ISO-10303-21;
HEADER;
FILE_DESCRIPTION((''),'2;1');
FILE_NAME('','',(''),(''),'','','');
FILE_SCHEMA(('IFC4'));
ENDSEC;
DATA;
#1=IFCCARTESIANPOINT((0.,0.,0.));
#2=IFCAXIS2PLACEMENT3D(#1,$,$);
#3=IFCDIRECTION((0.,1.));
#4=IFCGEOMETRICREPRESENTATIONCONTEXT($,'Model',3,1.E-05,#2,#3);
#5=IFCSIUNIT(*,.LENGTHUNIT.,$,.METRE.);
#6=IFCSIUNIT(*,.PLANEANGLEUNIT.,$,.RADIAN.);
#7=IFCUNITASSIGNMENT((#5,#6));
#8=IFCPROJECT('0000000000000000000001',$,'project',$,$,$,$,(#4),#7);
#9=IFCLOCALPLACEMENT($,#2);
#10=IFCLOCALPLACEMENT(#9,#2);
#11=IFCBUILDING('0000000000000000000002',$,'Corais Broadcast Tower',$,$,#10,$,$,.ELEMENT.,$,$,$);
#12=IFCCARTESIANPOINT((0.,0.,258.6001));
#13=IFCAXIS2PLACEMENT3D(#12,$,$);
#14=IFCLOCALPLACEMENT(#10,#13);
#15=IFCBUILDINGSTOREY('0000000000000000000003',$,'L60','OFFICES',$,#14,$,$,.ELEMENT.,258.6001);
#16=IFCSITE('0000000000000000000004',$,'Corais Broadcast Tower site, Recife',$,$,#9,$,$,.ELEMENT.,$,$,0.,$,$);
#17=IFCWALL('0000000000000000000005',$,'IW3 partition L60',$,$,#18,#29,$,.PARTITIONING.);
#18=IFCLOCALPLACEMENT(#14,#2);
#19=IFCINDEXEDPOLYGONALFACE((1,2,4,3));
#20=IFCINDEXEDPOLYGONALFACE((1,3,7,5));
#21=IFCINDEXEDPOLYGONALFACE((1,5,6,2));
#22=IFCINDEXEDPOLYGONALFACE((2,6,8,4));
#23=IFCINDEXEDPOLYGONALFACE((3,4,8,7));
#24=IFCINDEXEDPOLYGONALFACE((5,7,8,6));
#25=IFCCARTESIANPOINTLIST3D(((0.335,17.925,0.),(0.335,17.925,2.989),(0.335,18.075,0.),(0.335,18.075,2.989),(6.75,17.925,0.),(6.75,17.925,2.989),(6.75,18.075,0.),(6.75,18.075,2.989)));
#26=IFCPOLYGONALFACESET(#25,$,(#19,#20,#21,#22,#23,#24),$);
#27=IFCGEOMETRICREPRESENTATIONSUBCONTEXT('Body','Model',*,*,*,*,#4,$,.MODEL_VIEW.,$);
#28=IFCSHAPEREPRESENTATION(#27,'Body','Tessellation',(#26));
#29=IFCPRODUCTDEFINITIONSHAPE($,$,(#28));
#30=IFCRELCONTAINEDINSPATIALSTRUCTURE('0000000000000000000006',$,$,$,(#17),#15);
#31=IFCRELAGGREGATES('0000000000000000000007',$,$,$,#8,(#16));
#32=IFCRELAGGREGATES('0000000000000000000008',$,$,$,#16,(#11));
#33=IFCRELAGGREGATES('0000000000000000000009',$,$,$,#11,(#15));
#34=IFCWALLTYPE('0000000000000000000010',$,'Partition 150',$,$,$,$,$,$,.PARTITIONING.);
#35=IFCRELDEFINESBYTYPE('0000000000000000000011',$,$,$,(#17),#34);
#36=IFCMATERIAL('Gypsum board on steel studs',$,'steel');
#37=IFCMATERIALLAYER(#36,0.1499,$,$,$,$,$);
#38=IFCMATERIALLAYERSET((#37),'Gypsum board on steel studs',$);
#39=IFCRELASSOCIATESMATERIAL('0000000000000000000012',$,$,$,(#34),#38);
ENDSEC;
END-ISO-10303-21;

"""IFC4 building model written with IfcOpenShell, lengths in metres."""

from ifc_helpers import new_model, si_unit, direction, frame, frame_2d, origin, place, context, subcontext, project, spatial, rectangle, extrude, material, layer, layer_set, type_object, element, save


model = new_model("IFC4")

# Units and contexts
model_context = context("Model", 3, precision=1e-05, world=origin(), true_north=direction((0.0, 1.0)))
body_context = subcontext(model_context, "Body", "Model", "MODEL_VIEW")
ifc_project = project(units=[si_unit("LENGTHUNIT", "METRE"), si_unit("PLANEANGLEUNIT", "RADIAN")], contexts=[model_context])

# Site, building, storey
site_placement = place(None, origin())
site = spatial("IfcSite", under=ifc_project, at=site_placement, Name="Corais Broadcast Tower site, Recife", CompositionType="ELEMENT", RefElevation=0.0)
building_placement = place(site_placement, origin())
building = spatial("IfcBuilding", under=site, at=building_placement, Name="Corais Broadcast Tower", CompositionType="ELEMENT")
storey_placement = place(building_placement, frame((0.0, 0.0, 258.6001)))
storey = spatial("IfcBuildingStorey", under=building, at=storey_placement, Name="L60", Description="OFFICES", CompositionType="ELEMENT", Elevation=258.6001)

# Wall
ifc_material_1 = material(Name="Gypsum board on steel studs", Category="steel")
ifc_layer_1 = layer(ifc_material_1, 0.1499)
ifc_layer_set_1 = layer_set([ifc_layer_1], Name="Gypsum board on steel studs")
wall_type = type_object("IfcWallType", Name="Partition 150", PredefinedType="PARTITIONING", material=ifc_layer_set_1)
wall_placement = place(storey_placement, frame((0.335, 18.0, 0.0), z_axis=(0.0, 0.0, 1.0), x_axis=(1.0, 0.0, 0.0)))
element("IfcWall", 1, at=wall_placement, inside=storey, type_object=wall_type, Name="IW3 partition L60", PredefinedType="PARTITIONING", context=body_context, shape_type="SweptSolid", body=[
    extrude(rectangle(XDim=6.415, YDim=0.1499, at=frame_2d((3.2075, 0.0))), origin(), (0.0, 0.0, 1.0), 2.989),
])

save(model, "model.ifc")
